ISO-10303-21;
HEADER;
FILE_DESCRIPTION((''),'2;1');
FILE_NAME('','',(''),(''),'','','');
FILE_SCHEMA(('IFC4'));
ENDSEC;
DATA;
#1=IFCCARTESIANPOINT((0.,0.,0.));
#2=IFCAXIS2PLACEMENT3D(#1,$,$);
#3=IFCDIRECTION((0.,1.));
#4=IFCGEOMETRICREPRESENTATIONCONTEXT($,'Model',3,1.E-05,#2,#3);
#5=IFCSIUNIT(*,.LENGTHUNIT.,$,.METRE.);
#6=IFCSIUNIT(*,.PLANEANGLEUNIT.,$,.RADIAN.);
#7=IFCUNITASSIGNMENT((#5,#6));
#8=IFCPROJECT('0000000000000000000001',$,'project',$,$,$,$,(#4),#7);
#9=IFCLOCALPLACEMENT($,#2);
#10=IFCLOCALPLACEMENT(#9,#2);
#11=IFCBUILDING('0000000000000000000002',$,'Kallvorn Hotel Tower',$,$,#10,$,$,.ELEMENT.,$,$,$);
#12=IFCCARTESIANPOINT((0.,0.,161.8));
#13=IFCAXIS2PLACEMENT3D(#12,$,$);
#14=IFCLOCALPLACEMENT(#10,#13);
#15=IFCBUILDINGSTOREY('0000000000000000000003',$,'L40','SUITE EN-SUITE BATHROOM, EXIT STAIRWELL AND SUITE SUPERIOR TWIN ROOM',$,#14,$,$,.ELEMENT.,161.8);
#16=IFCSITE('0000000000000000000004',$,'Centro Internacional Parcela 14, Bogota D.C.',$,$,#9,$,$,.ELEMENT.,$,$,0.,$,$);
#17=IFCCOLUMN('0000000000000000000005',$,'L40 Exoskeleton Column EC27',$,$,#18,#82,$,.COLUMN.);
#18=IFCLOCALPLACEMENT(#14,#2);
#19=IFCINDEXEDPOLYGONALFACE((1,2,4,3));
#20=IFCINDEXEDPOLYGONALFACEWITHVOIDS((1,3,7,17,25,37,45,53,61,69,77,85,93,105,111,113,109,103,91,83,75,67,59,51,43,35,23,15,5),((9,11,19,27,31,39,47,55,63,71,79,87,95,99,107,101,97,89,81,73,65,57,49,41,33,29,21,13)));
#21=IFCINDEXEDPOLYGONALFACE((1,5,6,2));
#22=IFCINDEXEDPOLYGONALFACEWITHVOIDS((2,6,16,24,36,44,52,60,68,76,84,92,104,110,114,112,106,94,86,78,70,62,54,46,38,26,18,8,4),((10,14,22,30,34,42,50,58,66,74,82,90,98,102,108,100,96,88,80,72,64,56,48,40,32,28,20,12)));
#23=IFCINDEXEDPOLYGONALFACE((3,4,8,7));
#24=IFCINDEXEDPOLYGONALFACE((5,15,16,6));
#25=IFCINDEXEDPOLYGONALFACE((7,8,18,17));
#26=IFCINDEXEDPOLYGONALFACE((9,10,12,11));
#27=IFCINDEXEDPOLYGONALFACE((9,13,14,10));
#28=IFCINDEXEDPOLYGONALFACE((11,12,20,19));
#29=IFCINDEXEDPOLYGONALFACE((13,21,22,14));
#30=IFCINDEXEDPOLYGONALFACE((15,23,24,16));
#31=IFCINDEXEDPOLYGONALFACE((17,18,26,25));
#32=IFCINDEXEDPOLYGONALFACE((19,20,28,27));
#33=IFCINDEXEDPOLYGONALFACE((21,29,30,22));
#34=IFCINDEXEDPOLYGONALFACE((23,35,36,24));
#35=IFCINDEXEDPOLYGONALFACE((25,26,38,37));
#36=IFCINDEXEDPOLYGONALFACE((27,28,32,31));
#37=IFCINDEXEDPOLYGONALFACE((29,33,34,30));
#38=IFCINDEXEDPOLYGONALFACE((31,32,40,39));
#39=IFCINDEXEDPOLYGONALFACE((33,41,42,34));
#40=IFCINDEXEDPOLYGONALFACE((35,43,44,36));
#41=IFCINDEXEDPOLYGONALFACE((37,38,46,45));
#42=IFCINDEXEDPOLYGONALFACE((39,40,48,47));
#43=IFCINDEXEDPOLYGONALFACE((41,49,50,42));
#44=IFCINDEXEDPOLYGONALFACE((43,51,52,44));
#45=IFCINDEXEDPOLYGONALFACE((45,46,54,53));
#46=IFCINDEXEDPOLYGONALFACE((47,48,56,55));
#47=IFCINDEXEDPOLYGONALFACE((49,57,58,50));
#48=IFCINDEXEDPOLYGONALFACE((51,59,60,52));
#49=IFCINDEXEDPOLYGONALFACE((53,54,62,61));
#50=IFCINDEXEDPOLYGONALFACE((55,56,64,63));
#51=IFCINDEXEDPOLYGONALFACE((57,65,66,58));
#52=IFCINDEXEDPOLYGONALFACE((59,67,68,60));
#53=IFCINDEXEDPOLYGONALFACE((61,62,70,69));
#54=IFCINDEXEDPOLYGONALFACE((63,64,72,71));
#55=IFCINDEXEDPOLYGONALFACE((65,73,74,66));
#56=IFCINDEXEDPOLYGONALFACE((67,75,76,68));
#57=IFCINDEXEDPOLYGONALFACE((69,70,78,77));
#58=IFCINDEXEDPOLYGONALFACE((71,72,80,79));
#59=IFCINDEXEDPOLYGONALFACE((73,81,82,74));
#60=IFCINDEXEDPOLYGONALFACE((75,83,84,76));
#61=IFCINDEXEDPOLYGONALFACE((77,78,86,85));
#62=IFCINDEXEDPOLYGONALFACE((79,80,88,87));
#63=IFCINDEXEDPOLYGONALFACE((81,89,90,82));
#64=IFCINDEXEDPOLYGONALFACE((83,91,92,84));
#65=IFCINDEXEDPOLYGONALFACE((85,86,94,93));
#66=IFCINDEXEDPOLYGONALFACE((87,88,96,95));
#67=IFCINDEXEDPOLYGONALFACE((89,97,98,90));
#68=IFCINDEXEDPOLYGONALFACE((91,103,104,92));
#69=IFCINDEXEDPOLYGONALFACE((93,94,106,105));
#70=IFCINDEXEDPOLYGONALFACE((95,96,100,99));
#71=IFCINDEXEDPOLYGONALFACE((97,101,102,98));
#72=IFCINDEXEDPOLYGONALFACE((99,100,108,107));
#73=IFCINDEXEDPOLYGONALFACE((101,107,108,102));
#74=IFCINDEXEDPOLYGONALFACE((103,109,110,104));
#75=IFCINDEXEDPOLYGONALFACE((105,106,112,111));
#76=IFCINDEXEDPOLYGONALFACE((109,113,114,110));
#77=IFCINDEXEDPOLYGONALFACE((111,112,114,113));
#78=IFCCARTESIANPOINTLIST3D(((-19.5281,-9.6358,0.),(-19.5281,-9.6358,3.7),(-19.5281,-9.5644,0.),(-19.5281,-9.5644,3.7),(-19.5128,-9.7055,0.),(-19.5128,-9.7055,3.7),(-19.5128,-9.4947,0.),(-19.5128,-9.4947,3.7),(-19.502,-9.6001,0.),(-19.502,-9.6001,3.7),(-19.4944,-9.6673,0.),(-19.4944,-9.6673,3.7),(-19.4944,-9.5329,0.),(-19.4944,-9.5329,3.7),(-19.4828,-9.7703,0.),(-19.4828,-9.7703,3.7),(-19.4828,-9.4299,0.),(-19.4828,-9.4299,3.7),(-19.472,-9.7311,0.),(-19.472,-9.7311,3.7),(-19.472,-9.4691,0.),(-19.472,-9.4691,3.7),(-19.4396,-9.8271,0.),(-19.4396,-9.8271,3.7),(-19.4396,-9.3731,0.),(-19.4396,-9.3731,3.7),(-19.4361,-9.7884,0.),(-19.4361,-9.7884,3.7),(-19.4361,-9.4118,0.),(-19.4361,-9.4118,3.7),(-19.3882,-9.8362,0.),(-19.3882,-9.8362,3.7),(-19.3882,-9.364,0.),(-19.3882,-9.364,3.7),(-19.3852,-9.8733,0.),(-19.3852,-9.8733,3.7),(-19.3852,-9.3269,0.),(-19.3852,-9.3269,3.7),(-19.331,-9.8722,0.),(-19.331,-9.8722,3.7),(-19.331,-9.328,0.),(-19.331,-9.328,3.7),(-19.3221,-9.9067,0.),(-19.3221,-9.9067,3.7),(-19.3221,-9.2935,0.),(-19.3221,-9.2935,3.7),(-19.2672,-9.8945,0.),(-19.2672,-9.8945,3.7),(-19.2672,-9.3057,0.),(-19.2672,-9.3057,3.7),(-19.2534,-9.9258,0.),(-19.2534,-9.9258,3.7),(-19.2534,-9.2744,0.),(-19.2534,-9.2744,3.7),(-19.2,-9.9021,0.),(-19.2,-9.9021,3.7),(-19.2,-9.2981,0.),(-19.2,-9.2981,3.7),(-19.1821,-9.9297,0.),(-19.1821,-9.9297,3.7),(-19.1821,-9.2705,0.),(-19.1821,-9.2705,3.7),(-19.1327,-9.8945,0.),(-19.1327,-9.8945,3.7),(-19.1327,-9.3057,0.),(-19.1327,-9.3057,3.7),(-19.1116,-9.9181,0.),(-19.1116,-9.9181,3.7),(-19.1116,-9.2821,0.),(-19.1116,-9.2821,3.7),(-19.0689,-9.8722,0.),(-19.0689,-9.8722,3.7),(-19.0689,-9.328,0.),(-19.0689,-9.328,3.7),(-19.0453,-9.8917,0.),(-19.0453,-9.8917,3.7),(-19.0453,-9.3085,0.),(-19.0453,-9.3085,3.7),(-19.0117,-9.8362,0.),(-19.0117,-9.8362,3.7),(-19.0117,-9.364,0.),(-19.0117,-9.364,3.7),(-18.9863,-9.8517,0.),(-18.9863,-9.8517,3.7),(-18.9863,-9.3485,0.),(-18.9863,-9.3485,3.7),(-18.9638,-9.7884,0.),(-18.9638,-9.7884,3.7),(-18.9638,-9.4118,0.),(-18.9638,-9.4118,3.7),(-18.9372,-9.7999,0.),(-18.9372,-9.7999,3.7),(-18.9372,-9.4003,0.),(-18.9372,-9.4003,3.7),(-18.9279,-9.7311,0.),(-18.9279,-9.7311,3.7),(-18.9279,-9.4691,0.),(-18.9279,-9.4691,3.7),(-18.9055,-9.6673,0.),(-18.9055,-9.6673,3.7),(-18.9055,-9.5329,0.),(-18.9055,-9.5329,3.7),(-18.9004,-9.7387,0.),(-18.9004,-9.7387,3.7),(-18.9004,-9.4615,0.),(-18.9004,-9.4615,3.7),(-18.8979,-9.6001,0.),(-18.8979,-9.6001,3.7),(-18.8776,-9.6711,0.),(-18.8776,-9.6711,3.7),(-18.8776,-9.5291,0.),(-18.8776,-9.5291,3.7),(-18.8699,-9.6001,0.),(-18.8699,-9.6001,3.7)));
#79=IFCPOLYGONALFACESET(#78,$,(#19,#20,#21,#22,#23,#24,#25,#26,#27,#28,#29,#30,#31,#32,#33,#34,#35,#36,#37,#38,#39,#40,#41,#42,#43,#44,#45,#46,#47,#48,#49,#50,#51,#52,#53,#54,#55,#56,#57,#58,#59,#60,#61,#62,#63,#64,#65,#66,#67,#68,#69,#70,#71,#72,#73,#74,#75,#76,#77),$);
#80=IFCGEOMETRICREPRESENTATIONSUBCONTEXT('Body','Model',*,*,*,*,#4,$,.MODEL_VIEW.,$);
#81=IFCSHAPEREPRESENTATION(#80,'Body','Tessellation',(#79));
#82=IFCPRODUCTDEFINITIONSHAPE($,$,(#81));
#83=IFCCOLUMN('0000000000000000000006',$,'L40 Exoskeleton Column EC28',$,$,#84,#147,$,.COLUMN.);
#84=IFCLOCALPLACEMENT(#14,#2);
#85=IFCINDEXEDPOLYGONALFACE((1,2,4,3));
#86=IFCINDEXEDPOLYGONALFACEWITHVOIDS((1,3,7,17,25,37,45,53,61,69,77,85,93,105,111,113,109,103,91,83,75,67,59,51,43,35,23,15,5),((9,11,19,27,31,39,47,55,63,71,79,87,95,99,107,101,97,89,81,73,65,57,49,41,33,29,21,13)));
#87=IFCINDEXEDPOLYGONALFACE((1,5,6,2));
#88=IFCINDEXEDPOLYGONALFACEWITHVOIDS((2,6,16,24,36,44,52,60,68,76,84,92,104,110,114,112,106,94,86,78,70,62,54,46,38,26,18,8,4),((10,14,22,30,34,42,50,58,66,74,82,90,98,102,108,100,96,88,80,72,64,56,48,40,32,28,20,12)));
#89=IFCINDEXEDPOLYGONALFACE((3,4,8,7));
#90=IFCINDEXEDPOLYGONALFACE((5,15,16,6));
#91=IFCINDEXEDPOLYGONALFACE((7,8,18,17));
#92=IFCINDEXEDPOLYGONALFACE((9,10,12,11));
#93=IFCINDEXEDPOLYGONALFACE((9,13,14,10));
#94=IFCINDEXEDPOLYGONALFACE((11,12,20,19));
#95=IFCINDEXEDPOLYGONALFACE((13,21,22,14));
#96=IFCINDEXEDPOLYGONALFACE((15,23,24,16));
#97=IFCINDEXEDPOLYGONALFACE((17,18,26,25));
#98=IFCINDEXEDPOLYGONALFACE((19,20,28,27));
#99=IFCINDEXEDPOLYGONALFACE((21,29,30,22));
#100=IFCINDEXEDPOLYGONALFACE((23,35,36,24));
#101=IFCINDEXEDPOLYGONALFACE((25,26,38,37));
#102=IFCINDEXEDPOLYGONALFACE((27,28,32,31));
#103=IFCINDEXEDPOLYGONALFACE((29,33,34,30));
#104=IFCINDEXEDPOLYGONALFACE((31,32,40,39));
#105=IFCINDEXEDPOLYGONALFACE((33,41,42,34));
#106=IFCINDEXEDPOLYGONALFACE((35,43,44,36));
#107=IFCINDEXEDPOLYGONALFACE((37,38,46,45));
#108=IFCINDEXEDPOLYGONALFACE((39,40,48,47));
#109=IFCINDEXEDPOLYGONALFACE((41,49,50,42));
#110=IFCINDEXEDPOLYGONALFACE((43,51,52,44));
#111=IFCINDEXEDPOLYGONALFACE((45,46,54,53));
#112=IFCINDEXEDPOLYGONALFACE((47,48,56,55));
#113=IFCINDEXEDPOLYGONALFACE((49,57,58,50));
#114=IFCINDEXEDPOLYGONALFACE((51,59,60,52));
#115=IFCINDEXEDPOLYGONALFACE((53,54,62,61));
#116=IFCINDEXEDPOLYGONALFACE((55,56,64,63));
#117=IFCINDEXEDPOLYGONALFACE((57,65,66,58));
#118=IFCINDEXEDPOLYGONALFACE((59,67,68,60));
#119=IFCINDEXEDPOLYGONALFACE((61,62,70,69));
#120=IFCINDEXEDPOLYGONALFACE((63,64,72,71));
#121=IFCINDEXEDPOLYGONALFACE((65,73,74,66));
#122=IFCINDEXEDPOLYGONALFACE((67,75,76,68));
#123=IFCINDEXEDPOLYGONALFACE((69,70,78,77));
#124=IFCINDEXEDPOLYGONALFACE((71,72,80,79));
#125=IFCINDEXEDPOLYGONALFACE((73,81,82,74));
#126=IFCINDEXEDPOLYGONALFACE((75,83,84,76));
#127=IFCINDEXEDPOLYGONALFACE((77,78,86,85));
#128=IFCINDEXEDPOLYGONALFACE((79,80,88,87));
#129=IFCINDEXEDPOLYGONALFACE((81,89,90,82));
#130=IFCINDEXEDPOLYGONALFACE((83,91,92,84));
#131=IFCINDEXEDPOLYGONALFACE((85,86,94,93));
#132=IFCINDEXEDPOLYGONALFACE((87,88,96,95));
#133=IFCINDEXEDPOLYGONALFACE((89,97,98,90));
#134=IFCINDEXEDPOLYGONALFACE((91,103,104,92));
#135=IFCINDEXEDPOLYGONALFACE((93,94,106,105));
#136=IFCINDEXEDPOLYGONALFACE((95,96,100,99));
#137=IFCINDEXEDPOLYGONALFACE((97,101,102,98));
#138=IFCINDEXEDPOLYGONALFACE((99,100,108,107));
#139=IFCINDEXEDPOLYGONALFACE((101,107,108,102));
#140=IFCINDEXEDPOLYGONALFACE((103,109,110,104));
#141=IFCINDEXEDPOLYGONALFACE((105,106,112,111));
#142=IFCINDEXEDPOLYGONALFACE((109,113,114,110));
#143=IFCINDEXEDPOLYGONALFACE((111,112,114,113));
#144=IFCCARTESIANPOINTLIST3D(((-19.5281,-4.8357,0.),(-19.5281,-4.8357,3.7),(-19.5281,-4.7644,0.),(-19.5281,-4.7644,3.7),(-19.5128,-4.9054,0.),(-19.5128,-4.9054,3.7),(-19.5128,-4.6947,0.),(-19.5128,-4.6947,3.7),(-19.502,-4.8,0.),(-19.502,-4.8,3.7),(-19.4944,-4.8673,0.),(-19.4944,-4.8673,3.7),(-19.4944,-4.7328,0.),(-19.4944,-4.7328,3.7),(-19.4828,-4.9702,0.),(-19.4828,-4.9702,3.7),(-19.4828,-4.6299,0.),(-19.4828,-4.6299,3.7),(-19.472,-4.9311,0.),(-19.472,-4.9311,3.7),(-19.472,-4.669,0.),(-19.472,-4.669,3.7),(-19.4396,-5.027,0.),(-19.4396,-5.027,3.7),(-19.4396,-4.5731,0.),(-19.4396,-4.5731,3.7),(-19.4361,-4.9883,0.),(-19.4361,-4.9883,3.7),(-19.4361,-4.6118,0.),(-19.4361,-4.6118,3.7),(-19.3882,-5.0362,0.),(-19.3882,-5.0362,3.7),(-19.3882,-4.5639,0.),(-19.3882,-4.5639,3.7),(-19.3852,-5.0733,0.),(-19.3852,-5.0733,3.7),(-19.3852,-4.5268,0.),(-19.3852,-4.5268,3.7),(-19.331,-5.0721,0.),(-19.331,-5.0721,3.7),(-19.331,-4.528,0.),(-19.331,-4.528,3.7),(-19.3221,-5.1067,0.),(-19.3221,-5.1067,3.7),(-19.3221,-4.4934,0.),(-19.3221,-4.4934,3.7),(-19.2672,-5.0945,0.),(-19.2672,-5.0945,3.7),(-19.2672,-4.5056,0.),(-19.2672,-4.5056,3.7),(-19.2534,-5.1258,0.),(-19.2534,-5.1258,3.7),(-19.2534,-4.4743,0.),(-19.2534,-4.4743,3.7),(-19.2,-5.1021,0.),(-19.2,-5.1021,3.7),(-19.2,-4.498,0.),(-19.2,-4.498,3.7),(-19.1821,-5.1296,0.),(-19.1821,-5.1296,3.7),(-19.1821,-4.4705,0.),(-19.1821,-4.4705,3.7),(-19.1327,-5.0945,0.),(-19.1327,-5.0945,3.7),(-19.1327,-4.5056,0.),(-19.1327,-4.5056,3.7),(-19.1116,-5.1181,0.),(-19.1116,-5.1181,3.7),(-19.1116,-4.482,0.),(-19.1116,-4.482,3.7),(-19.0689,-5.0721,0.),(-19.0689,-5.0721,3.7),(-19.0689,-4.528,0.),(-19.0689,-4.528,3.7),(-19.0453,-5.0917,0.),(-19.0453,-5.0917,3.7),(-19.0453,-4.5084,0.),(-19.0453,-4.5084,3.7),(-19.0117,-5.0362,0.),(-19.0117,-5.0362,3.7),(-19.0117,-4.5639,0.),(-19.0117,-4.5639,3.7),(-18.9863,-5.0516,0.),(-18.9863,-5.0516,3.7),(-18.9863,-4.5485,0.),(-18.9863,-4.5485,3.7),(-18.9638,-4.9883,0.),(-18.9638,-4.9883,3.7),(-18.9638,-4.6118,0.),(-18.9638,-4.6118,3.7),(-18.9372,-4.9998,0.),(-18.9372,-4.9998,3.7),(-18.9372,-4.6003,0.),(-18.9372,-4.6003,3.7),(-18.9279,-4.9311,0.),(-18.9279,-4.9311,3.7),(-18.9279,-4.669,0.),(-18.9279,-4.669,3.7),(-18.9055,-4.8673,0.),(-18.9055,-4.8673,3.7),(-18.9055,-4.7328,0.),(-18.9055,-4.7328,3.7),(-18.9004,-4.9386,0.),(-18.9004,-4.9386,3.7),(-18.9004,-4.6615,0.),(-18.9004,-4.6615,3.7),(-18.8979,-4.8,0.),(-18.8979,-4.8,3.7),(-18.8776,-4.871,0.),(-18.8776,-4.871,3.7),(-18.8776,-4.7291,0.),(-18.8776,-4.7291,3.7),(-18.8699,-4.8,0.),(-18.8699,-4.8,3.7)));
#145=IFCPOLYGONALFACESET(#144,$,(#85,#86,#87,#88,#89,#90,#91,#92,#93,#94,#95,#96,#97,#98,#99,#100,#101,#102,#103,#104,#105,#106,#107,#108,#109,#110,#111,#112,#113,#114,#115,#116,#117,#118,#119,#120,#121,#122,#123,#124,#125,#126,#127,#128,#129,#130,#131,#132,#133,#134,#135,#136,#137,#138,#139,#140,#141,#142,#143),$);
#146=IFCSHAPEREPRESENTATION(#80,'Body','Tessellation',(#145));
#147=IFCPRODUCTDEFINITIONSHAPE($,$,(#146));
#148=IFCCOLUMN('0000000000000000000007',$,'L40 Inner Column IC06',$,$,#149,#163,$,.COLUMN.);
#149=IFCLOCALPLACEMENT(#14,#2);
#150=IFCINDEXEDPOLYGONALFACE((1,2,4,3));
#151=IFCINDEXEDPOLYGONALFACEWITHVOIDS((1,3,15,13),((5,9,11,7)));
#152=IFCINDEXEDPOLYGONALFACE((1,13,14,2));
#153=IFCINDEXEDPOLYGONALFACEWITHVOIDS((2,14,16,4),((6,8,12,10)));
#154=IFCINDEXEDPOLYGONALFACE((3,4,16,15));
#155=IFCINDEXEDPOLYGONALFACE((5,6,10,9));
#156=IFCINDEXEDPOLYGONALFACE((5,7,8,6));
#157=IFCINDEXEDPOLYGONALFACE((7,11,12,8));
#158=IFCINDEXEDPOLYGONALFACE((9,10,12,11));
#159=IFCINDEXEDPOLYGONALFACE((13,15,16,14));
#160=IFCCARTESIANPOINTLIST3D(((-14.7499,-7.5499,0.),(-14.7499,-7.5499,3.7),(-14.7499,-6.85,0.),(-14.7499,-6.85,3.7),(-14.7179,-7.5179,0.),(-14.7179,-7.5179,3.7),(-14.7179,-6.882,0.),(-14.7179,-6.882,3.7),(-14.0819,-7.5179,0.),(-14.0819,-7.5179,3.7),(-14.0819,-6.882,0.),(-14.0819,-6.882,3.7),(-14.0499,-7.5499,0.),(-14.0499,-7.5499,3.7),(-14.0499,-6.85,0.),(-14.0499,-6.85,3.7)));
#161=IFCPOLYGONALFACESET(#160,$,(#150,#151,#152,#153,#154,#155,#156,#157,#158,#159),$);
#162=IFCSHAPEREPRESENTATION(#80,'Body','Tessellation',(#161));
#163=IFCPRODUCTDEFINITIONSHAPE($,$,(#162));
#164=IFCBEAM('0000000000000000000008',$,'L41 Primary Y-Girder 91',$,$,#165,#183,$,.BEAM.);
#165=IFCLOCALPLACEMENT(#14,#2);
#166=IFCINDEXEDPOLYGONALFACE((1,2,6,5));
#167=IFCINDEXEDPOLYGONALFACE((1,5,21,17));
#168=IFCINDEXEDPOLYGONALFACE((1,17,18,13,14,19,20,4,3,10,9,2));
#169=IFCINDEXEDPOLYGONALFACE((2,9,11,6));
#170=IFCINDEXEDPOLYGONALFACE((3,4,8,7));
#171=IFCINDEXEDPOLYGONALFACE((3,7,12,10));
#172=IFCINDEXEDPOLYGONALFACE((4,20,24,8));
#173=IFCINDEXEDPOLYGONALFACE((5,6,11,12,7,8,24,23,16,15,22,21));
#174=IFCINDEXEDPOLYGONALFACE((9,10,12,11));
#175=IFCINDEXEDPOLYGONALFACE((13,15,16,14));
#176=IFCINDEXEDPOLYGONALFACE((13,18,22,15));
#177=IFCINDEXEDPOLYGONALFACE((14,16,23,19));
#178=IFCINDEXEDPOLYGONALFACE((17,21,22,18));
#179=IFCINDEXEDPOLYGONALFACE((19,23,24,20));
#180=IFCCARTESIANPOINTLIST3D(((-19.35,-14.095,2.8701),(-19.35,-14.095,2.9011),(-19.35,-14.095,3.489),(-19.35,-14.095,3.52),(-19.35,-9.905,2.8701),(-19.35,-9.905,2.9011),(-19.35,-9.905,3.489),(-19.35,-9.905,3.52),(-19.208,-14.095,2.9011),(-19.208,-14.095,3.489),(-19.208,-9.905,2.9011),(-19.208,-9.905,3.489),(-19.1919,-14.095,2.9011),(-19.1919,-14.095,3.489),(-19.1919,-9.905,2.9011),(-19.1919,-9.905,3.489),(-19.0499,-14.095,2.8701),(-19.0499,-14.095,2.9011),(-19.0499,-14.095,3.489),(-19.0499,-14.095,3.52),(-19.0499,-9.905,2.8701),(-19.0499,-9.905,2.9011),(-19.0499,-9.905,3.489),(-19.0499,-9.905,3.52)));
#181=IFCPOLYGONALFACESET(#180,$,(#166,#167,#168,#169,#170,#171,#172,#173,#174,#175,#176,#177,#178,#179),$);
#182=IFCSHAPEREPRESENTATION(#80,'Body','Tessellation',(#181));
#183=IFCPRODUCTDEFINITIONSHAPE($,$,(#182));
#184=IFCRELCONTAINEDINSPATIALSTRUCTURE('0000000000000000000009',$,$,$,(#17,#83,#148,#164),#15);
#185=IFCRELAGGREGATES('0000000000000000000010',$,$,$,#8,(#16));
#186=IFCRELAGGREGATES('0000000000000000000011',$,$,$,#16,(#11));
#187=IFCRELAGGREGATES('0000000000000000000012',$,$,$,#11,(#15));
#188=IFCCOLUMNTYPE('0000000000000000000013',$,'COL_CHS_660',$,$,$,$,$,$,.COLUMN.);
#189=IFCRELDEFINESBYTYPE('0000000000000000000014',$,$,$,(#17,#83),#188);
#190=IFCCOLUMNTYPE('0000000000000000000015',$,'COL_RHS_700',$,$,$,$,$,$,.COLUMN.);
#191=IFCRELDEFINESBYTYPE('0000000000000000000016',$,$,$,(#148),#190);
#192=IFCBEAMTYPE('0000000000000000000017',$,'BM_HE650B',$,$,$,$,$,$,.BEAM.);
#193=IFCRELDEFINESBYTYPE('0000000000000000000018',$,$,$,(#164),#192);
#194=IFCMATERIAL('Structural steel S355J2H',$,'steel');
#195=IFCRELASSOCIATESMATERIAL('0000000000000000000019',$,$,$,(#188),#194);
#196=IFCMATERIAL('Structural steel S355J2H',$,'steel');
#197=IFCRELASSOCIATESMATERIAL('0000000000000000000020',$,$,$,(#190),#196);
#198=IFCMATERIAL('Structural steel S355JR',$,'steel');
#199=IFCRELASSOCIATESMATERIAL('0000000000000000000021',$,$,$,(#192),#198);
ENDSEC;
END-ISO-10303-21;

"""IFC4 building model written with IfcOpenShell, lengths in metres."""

from ifc_helpers import new_model, si_unit, direction, frame, origin, origin_2d, place, context, subcontext, project, spatial, hollow_rectangle, hollow_circle, i_section, extrude, material, material_profile, profile_set, type_object, element, save


model = new_model("IFC4")

# Units and contexts
model_context = context("Model", 3, precision=1e-05, world=origin(), true_north=direction((0.0, 1.0)))
body_context = subcontext(model_context, "Body", "Model", "MODEL_VIEW")
ifc_project = project(units=[si_unit("LENGTHUNIT", "METRE"), si_unit("PLANEANGLEUNIT", "RADIAN")], contexts=[model_context])

# Site, building, storey
site_placement = place(None, origin())
site = spatial("IfcSite", under=ifc_project, at=site_placement, Name="Centro Internacional Parcela 14, Bogota D.C.", CompositionType="ELEMENT", RefElevation=0.0)
building_placement = place(site_placement, origin())
building = spatial("IfcBuilding", under=site, at=building_placement, Name="Kallvorn Hotel Tower", CompositionType="ELEMENT")
storey_placement = place(building_placement, frame((0.0, 0.0, 161.8)))
storey = spatial("IfcBuildingStorey", under=building, at=storey_placement, Name="L40", Description="SUITE EN-SUITE BATHROOM, EXIT STAIRWELL AND SUITE SUPERIOR TWIN ROOM", CompositionType="ELEMENT", Elevation=161.8)

# Columns
ifc_material_1 = material(Name="Structural steel S355J2H", Category="steel")
ifc_material_profile_1 = material_profile(ifc_material_1, hollow_circle(Radius=0.3301, WallThickness=0.0281, at=origin_2d()), Name="CHS 660x28")
ifc_profile_set_1 = profile_set([ifc_material_profile_1], Name="Structural steel S355J2H")
column_type_1 = type_object("IfcColumnType", Name="COL_CHS_660", PredefinedType="COLUMN", material=ifc_profile_set_1)
for number, where, z_axis, x_axis, name in (
    (1, (-19.2, -9.6001, 0.0), (0.0, 0.0, 1.0), (1.0, 0.0, 0.0), "L40 Exoskeleton Column EC27"),
    (2, (-19.2, -4.8, 0.0), (0.0, 0.0, 1.0), (1.0, 0.0, 0.0), "L40 Exoskeleton Column EC28"),
):
    element("IfcColumn", number, at=place(storey_placement, frame(where, z_axis=z_axis, x_axis=x_axis)), inside=storey, type_object=column_type_1, Name=name, PredefinedType="COLUMN", context=body_context, shape_type="SweptSolid", body=[
        extrude(hollow_circle(Radius=0.3301, WallThickness=0.0281, at=origin_2d()), origin(), (0.0, 0.0, 1.0), 3.7),
    ])
ifc_material_2 = material(Name="Structural steel S355J2H", Category="steel")
ifc_material_profile_2 = material_profile(ifc_material_2, hollow_rectangle(XDim=0.7, YDim=0.7, WallThickness=0.032, at=origin_2d()), Name="RHS 700x700x32")
ifc_profile_set_2 = profile_set([ifc_material_profile_2], Name="Structural steel S355J2H")
column_type_2 = type_object("IfcColumnType", Name="COL_RHS_700", PredefinedType="COLUMN", material=ifc_profile_set_2)
column_placement = place(storey_placement, frame((-14.3999, -7.2, 0.0), z_axis=(0.0, 0.0, 1.0), x_axis=(1.0, 0.0, 0.0)))
element("IfcColumn", 3, at=column_placement, inside=storey, type_object=column_type_2, Name="L40 Inner Column IC06", PredefinedType="COLUMN", context=body_context, shape_type="SweptSolid", body=[
    extrude(hollow_rectangle(XDim=0.7, YDim=0.7, WallThickness=0.032, at=origin_2d()), origin(), (0.0, 0.0, 1.0), 3.7),
])

# Beam
ifc_material_3 = material(Name="Structural steel S355JR", Category="steel")
ifc_material_profile_3 = material_profile(ifc_material_3, i_section(OverallWidth=0.3, OverallDepth=0.6499, WebThickness=0.0161, FlangeThickness=0.031, at=origin_2d()), Name="HE 650 B")
ifc_profile_set_3 = profile_set([ifc_material_profile_3], Name="Structural steel S355JR")
beam_type_1 = type_object("IfcBeamType", Name="BM_HE650B", PredefinedType="BEAM", material=ifc_profile_set_3)
beam_1_placement = place(storey_placement, frame((-19.2, -14.095, 3.1951), z_axis=(0.0, 1.0, 0.0), x_axis=(-1.0, 0.0, 0.0)))
element("IfcBeam", 4, at=beam_1_placement, inside=storey, type_object=beam_type_1, Name="L41 Primary Y-Girder 91", PredefinedType="BEAM", context=body_context, shape_type="SweptSolid", body=[
    extrude(i_section(OverallWidth=0.3, OverallDepth=0.6499, WebThickness=0.0161, FlangeThickness=0.031, at=origin_2d()), origin(), (0.0, 0.0, 1.0), 4.1899),
])

save(model, "model.ifc")
